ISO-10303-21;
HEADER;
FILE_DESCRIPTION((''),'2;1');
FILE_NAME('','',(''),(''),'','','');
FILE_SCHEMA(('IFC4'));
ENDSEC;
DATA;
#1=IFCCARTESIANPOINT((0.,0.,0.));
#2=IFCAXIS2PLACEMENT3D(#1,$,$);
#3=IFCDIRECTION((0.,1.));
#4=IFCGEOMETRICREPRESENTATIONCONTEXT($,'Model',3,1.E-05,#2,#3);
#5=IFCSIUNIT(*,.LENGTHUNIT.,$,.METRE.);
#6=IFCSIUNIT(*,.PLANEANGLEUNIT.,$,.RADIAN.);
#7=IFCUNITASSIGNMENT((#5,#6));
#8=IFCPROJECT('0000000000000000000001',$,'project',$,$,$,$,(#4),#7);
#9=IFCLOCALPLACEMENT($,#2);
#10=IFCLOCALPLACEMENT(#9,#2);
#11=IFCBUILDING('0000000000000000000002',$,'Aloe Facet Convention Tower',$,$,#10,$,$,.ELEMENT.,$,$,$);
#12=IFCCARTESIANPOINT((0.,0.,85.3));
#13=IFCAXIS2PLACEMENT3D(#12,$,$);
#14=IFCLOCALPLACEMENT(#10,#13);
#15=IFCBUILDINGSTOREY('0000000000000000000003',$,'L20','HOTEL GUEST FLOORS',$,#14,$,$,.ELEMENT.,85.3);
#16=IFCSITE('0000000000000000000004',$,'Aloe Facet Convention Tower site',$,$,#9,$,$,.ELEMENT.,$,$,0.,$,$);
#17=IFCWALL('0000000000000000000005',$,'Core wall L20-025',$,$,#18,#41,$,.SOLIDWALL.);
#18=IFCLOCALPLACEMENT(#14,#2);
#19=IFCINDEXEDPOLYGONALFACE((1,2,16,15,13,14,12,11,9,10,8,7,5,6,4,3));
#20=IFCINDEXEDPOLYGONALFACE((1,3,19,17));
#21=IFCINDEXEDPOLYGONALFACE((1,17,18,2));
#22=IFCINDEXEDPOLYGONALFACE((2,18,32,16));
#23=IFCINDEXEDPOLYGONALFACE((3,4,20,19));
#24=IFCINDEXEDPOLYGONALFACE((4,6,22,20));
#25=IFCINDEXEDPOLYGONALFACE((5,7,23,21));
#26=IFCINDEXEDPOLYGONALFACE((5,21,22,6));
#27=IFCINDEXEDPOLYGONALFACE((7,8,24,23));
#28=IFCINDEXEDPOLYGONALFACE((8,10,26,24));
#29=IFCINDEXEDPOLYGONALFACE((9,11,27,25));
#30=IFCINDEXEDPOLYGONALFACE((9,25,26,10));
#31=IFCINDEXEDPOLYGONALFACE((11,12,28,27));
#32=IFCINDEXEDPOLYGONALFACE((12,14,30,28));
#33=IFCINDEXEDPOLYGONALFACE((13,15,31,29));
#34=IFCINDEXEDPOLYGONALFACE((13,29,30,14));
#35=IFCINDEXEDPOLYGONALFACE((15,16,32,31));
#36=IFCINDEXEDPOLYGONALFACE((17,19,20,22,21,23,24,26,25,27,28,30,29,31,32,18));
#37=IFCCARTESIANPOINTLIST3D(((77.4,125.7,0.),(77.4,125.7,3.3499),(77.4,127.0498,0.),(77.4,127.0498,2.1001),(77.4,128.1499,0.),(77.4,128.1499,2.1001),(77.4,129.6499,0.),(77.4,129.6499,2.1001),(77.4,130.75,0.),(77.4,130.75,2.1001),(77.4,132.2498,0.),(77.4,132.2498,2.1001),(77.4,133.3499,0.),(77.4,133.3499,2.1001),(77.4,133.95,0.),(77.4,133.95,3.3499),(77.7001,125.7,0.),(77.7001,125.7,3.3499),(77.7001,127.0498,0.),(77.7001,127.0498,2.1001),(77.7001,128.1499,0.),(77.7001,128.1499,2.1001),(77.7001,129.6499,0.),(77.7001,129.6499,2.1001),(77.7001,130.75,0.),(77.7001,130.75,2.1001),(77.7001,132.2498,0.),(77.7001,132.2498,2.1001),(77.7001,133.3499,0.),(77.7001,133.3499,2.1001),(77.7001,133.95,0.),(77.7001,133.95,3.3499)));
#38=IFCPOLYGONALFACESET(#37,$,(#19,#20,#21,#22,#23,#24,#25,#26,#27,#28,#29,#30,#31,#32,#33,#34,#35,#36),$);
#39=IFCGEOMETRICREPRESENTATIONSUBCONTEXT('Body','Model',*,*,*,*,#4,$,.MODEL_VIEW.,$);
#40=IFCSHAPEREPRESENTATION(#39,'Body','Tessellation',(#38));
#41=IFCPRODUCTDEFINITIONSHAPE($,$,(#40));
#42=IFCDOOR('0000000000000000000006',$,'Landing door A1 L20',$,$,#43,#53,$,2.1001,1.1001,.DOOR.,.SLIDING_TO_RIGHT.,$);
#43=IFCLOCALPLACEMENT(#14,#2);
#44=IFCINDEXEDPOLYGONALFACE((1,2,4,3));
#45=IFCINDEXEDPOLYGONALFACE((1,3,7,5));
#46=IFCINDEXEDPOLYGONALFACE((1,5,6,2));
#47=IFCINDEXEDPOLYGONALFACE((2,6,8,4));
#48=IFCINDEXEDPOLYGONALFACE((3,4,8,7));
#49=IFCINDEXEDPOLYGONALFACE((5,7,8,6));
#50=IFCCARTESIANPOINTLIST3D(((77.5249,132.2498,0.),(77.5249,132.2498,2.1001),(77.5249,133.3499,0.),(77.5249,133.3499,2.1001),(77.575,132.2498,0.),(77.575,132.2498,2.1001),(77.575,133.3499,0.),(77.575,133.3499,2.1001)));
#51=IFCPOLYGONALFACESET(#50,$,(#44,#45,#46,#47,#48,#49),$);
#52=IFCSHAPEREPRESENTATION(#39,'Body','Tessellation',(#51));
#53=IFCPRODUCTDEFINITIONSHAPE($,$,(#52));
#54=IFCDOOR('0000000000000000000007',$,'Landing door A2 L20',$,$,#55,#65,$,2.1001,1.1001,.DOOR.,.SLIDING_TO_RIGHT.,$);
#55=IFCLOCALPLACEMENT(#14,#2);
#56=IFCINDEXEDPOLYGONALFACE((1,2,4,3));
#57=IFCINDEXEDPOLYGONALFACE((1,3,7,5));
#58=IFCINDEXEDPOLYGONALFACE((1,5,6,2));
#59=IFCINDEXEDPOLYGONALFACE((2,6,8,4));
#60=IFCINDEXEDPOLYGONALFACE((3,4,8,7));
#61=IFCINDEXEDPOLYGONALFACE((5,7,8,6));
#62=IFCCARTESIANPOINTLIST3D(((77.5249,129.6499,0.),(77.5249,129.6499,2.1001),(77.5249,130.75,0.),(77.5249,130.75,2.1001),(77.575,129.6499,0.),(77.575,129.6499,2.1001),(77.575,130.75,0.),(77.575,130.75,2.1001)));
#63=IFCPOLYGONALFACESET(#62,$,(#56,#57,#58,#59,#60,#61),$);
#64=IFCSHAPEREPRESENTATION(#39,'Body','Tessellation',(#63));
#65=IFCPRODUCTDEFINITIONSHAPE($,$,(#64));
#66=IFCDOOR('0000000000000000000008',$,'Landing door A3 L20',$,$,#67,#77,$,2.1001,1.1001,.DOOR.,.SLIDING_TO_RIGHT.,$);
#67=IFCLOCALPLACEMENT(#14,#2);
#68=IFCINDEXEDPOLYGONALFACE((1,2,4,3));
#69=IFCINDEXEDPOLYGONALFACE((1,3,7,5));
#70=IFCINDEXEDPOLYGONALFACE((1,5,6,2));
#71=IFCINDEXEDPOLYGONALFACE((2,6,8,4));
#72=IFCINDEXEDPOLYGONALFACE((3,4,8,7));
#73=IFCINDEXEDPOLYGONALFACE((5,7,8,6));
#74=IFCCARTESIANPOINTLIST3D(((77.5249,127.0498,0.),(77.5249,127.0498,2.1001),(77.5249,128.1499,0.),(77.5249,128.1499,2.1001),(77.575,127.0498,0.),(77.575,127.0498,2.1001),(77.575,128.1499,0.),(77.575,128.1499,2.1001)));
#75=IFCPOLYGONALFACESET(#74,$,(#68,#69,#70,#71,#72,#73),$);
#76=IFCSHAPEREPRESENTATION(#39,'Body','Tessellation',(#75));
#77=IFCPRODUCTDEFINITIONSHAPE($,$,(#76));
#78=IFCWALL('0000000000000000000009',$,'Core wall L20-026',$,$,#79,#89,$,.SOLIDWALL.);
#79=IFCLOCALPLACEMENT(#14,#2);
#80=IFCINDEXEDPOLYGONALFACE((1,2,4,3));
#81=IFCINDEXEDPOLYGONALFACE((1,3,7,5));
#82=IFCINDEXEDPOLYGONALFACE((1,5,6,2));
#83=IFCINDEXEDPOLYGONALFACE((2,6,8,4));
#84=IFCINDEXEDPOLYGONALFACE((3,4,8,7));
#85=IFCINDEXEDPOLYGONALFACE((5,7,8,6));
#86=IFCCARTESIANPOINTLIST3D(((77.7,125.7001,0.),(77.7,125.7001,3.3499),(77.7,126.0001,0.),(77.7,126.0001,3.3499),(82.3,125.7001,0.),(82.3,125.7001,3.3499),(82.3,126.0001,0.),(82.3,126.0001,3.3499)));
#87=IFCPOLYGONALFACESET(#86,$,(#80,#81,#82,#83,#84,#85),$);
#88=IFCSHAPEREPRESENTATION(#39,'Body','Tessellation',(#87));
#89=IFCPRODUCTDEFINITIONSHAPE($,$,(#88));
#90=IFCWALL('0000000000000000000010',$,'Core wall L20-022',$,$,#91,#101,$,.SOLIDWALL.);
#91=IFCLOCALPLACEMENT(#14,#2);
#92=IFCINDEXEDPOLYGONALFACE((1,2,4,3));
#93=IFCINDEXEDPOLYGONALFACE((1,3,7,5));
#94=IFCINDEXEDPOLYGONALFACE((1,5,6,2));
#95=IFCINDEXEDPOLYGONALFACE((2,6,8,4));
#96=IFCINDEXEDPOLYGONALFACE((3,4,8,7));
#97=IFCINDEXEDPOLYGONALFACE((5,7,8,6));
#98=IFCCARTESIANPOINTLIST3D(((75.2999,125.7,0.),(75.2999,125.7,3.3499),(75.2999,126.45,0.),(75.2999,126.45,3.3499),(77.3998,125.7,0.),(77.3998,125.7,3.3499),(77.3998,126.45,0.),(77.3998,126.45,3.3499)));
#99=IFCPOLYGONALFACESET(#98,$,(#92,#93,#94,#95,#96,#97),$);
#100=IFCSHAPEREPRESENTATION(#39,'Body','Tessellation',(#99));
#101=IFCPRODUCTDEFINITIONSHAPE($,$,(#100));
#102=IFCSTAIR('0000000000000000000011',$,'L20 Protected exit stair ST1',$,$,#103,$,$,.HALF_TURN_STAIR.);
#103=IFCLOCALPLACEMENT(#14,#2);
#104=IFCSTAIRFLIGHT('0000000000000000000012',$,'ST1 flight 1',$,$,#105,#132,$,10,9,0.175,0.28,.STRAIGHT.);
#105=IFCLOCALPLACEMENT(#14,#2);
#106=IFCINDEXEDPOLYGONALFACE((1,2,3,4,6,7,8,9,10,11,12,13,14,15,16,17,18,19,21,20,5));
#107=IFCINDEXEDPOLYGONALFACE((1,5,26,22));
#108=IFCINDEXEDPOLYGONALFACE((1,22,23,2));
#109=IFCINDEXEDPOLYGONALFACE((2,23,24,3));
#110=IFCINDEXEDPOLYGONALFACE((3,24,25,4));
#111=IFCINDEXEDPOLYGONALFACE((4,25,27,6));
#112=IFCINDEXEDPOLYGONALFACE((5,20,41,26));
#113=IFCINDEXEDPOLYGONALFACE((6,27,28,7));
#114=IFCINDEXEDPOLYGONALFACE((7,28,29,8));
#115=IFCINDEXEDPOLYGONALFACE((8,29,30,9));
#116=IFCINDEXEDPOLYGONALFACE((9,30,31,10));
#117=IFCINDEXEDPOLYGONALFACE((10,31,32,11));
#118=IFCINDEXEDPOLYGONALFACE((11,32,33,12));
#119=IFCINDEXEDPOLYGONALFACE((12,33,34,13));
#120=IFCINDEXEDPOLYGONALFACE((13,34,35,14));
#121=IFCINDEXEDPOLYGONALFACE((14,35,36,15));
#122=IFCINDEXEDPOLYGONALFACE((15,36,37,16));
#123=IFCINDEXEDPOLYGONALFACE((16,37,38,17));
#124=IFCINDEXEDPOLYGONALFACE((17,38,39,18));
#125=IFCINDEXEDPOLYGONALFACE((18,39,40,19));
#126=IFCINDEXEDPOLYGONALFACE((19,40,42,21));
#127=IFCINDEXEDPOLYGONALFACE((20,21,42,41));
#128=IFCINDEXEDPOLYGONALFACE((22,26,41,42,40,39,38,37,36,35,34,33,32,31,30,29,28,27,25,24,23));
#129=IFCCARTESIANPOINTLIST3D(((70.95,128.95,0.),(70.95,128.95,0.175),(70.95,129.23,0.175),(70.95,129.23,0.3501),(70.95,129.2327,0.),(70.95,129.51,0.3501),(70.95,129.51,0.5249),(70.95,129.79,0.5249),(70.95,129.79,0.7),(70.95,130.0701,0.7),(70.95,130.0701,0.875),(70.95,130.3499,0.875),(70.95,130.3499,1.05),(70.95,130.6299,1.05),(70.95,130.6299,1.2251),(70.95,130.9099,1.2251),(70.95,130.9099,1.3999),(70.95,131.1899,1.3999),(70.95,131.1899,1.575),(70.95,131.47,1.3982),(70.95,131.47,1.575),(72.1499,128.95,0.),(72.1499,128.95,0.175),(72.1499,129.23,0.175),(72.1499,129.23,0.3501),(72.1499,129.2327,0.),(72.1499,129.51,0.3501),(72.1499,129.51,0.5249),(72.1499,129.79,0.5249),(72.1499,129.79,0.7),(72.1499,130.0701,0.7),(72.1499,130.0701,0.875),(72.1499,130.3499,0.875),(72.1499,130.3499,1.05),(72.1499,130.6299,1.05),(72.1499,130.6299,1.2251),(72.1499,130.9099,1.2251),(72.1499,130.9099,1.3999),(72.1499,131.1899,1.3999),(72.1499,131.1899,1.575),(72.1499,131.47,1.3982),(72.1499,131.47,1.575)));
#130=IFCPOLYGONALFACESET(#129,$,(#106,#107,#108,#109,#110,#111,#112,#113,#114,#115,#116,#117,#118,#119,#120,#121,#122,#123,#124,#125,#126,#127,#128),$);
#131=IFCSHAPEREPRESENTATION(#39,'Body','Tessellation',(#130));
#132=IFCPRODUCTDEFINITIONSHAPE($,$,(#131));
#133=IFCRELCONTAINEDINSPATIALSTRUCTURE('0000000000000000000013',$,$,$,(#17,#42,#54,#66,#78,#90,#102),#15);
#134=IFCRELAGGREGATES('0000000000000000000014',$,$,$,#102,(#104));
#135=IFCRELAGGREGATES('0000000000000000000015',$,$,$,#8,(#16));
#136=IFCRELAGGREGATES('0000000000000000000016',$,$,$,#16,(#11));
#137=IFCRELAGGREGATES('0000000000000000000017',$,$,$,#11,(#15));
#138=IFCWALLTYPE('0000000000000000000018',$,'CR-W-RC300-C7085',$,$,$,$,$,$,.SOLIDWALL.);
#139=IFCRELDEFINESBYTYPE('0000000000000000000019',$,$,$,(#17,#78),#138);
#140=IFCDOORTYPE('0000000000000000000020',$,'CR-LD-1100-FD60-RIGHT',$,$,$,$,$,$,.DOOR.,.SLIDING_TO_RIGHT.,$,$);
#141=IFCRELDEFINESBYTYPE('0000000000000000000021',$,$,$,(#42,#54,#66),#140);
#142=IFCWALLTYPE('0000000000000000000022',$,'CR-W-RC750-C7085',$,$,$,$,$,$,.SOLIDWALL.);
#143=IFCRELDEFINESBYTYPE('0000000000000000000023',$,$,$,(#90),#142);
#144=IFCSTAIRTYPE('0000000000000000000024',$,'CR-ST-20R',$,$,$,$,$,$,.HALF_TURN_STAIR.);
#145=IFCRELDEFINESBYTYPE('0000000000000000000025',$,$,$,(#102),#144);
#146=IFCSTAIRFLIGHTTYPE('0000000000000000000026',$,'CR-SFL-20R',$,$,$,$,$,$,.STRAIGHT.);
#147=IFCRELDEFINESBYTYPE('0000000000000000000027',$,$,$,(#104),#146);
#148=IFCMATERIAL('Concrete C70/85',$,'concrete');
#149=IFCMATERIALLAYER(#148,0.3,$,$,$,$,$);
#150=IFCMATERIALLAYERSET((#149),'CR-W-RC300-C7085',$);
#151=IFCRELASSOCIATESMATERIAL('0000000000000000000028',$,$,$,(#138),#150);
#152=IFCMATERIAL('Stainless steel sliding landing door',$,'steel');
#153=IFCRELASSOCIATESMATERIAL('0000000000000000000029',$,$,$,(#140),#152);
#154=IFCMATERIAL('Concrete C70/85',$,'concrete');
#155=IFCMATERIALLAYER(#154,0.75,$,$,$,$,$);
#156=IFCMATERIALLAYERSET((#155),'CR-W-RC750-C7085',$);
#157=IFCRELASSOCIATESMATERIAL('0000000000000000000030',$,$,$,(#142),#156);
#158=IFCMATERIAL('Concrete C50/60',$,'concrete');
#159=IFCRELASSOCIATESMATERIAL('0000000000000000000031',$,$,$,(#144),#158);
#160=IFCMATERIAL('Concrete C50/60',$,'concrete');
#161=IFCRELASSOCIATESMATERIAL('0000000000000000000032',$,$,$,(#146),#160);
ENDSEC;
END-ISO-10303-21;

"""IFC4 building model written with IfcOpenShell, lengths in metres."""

from ifc_helpers import new_model, si_unit, direction, frame, frame_2d, origin, place, context, subcontext, project, spatial, polyline, rectangle, outline, extrude, material, layer, layer_set, type_object, element, fill, aggregate, save


model = new_model("IFC4")

# Units and contexts
model_context = context("Model", 3, precision=1e-05, world=origin(), true_north=direction((0.0, 1.0)))
body_context = subcontext(model_context, "Body", "Model", "MODEL_VIEW")
ifc_project = project(units=[si_unit("LENGTHUNIT", "METRE"), si_unit("PLANEANGLEUNIT", "RADIAN")], contexts=[model_context])

# Site, building, storey
site_placement = place(None, origin())
site = spatial("IfcSite", under=ifc_project, at=site_placement, Name="Aloe Facet Convention Tower site", CompositionType="ELEMENT", RefElevation=0.0)
building_placement = place(site_placement, origin())
building = spatial("IfcBuilding", under=site, at=building_placement, Name="Aloe Facet Convention Tower", CompositionType="ELEMENT")
storey_placement = place(building_placement, frame((0.0, 0.0, 85.3)))
storey = spatial("IfcBuildingStorey", under=building, at=storey_placement, Name="L20", Description="HOTEL GUEST FLOORS", CompositionType="ELEMENT", Elevation=85.3)

# Shared definitions
ifc_material_1 = material(Name="Concrete C70/85", Category="concrete")
ifc_layer_1 = layer(ifc_material_1, 0.3)
ifc_layer_set_1 = layer_set([ifc_layer_1], Name="CR-W-RC300-C7085")
wall_type_1 = type_object("IfcWallType", Name="CR-W-RC300-C7085", PredefinedType="SOLIDWALL", material=ifc_layer_set_1)

# Wall, openings, doors
wall_1_placement = place(storey_placement, frame((77.55, 133.95, 0.0), z_axis=(0.0, 0.0, 1.0), x_axis=(0.0, -1.0, 0.0)))
wall_1 = element("IfcWall", 1, at=wall_1_placement, inside=storey, type_object=wall_type_1, Name="Core wall L20-025", PredefinedType="SOLIDWALL", context=body_context, shape_type="SweptSolid", body=[
    extrude(rectangle(XDim=8.25, YDim=0.3, at=frame_2d((4.125, 0.0))), origin(), (0.0, 0.0, 1.0), 3.3499),
])
opening_1_placement = place(wall_1_placement, frame((0.6001, 0.0, 0.0)))
opening_1 = element("IfcOpeningElement", 2, at=opening_1_placement, cuts=wall_1, PredefinedType="OPENING", context=body_context, shape_type="SweptSolid", body=[
    extrude(rectangle(XDim=1.1001, YDim=2.1001, at=frame_2d((0.55, 1.05))), frame((0.0, 0.1602, 0.0), z_axis=(0.0, -1.0, 0.0), x_axis=(1.0, 0.0, 0.0)), (0.0, 0.0, 1.0), 0.3201),
])
opening_2_placement = place(wall_1_placement, frame((3.2, 0.0, 0.0)))
opening_2 = element("IfcOpeningElement", 3, at=opening_2_placement, cuts=wall_1, PredefinedType="OPENING", context=body_context, shape_type="SweptSolid", body=[
    extrude(rectangle(XDim=1.1001, YDim=2.1001, at=frame_2d((0.55, 1.05))), frame((0.0, 0.1602, 0.0), z_axis=(0.0, -1.0, 0.0), x_axis=(1.0, 0.0, 0.0)), (0.0, 0.0, 1.0), 0.3201),
])
opening_3_placement = place(wall_1_placement, frame((5.8, 0.0, 0.0)))
opening_3 = element("IfcOpeningElement", 4, at=opening_3_placement, cuts=wall_1, PredefinedType="OPENING", context=body_context, shape_type="SweptSolid", body=[
    extrude(rectangle(XDim=1.1001, YDim=2.1001, at=frame_2d((0.55, 1.05))), frame((0.0, 0.1602, 0.0), z_axis=(0.0, -1.0, 0.0), x_axis=(1.0, 0.0, 0.0)), (0.0, 0.0, 1.0), 0.3201),
])
ifc_material_2 = material(Name="Stainless steel sliding landing door", Category="steel")
door_type_1 = type_object("IfcDoorType", Name="CR-LD-1100-FD60-RIGHT", OperationType="SLIDING_TO_RIGHT", PredefinedType="DOOR", material=ifc_material_2)
door_1_placement = place(opening_1_placement, origin())
door_1 = element("IfcDoor", 5, at=door_1_placement, inside=storey, type_object=door_type_1, Name="Landing door A1 L20", OperationType="SLIDING_TO_RIGHT", OverallHeight=2.1001, OverallWidth=1.1001, PredefinedType="DOOR", context=body_context, shape_type="SweptSolid", body=[
    extrude(rectangle(XDim=1.1001, YDim=2.1001, at=frame_2d((0.55, 1.05))), frame((0.0, 0.0249, 0.0), z_axis=(0.0, -1.0, 0.0), x_axis=(1.0, 0.0, 0.0)), (0.0, 0.0, 1.0), 0.05),
])
fill(opening_1, door_1)
door_2_placement = place(opening_2_placement, origin())
door_2 = element("IfcDoor", 6, at=door_2_placement, inside=storey, type_object=door_type_1, Name="Landing door A2 L20", OperationType="SLIDING_TO_RIGHT", OverallHeight=2.1001, OverallWidth=1.1001, PredefinedType="DOOR", context=body_context, shape_type="SweptSolid", body=[
    extrude(rectangle(XDim=1.1001, YDim=2.1001, at=frame_2d((0.55, 1.05))), frame((0.0, 0.0249, 0.0), z_axis=(0.0, -1.0, 0.0), x_axis=(1.0, 0.0, 0.0)), (0.0, 0.0, 1.0), 0.05),
])
fill(opening_2, door_2)
door_3_placement = place(opening_3_placement, origin())
door_3 = element("IfcDoor", 7, at=door_3_placement, inside=storey, type_object=door_type_1, Name="Landing door A3 L20", OperationType="SLIDING_TO_RIGHT", OverallHeight=2.1001, OverallWidth=1.1001, PredefinedType="DOOR", context=body_context, shape_type="SweptSolid", body=[
    extrude(rectangle(XDim=1.1001, YDim=2.1001, at=frame_2d((0.55, 1.05))), frame((0.0, 0.0249, 0.0), z_axis=(0.0, -1.0, 0.0), x_axis=(1.0, 0.0, 0.0)), (0.0, 0.0, 1.0), 0.05),
])
fill(opening_3, door_3)

# Walls
wall_2_placement = place(storey_placement, frame((77.7, 125.8501, 0.0), z_axis=(0.0, 0.0, 1.0), x_axis=(1.0, 0.0, 0.0)))
element("IfcWall", 8, at=wall_2_placement, inside=storey, type_object=wall_type_1, Name="Core wall L20-026", PredefinedType="SOLIDWALL", context=body_context, shape_type="SweptSolid", body=[
    extrude(rectangle(XDim=4.6001, YDim=0.3, at=frame_2d((2.3, 0.0))), origin(), (0.0, 0.0, 1.0), 3.3499),
])
ifc_material_3 = material(Name="Concrete C70/85", Category="concrete")
ifc_layer_2 = layer(ifc_material_3, 0.75)
ifc_layer_set_2 = layer_set([ifc_layer_2], Name="CR-W-RC750-C7085")
wall_type_2 = type_object("IfcWallType", Name="CR-W-RC750-C7085", PredefinedType="SOLIDWALL", material=ifc_layer_set_2)
wall_3_placement = place(storey_placement, frame((75.3, 126.075, 0.0), z_axis=(0.0, 0.0, 1.0), x_axis=(1.0, 0.0, 0.0)))
element("IfcWall", 9, at=wall_3_placement, inside=storey, type_object=wall_type_2, Name="Core wall L20-022", PredefinedType="SOLIDWALL", context=body_context, shape_type="SweptSolid", body=[
    extrude(rectangle(XDim=2.0999, YDim=0.75, at=frame_2d((1.0498, 0.0))), origin(), (0.0, 0.0, 1.0), 3.3499),
])

# Stair, stair flight
ifc_material_4 = material(Name="Concrete C50/60", Category="concrete")
stair_type = type_object("IfcStairType", Name="CR-ST-20R", PredefinedType="HALF_TURN_STAIR", material=ifc_material_4)
stair_placement = place(storey_placement, origin())
stair = element("IfcStair", 10, at=stair_placement, inside=storey, type_object=stair_type, Name="L20 Protected exit stair ST1", PredefinedType="HALF_TURN_STAIR")
ifc_material_5 = material(Name="Concrete C50/60", Category="concrete")
stair_flight_type = type_object("IfcStairFlightType", Name="CR-SFL-20R", PredefinedType="STRAIGHT", material=ifc_material_5)
stair_flight_placement = place(storey_placement, frame((71.55, 128.95, 0.0), z_axis=(0.0, 0.0, 1.0), x_axis=(0.0, 1.0, 0.0)))
stair_flight = element("IfcStairFlight", 11, at=stair_flight_placement, type_object=stair_flight_type, Name="ST1 flight 1", NumberOfRisers=10, NumberOfTreads=9, PredefinedType="STRAIGHT", RiserHeight=0.175, TreadLength=0.28, context=body_context, shape_type="SweptSolid", body=[
    extrude(outline(polyline([(0.0, 0.0), (0.0, 0.175), (0.28, 0.175), (0.28, 0.3501), (0.5601, 0.3501), (0.5601, 0.5249), (0.8401, 0.5249), (0.8401, 0.7), (1.1201, 0.7), (1.1201, 0.875), (1.3999, 0.875), (1.3999, 1.05), (1.6799, 1.05), (1.6799, 1.2251), (1.96, 1.2251), (1.96, 1.3999), (2.24, 1.3999), (2.24, 1.575), (2.52, 1.575), (2.52, 1.75), (2.52, 1.3982), (0.2827, 0.0), (0.0, 0.0)])), frame((0.0, 0.6001, 0.0), z_axis=(0.0, -1.0, 0.0), x_axis=(1.0, 0.0, 0.0)), (0.0, 0.0, 1.0), 1.2),
])
aggregate(stair, [stair_flight])

save(model, "model.ifc")
